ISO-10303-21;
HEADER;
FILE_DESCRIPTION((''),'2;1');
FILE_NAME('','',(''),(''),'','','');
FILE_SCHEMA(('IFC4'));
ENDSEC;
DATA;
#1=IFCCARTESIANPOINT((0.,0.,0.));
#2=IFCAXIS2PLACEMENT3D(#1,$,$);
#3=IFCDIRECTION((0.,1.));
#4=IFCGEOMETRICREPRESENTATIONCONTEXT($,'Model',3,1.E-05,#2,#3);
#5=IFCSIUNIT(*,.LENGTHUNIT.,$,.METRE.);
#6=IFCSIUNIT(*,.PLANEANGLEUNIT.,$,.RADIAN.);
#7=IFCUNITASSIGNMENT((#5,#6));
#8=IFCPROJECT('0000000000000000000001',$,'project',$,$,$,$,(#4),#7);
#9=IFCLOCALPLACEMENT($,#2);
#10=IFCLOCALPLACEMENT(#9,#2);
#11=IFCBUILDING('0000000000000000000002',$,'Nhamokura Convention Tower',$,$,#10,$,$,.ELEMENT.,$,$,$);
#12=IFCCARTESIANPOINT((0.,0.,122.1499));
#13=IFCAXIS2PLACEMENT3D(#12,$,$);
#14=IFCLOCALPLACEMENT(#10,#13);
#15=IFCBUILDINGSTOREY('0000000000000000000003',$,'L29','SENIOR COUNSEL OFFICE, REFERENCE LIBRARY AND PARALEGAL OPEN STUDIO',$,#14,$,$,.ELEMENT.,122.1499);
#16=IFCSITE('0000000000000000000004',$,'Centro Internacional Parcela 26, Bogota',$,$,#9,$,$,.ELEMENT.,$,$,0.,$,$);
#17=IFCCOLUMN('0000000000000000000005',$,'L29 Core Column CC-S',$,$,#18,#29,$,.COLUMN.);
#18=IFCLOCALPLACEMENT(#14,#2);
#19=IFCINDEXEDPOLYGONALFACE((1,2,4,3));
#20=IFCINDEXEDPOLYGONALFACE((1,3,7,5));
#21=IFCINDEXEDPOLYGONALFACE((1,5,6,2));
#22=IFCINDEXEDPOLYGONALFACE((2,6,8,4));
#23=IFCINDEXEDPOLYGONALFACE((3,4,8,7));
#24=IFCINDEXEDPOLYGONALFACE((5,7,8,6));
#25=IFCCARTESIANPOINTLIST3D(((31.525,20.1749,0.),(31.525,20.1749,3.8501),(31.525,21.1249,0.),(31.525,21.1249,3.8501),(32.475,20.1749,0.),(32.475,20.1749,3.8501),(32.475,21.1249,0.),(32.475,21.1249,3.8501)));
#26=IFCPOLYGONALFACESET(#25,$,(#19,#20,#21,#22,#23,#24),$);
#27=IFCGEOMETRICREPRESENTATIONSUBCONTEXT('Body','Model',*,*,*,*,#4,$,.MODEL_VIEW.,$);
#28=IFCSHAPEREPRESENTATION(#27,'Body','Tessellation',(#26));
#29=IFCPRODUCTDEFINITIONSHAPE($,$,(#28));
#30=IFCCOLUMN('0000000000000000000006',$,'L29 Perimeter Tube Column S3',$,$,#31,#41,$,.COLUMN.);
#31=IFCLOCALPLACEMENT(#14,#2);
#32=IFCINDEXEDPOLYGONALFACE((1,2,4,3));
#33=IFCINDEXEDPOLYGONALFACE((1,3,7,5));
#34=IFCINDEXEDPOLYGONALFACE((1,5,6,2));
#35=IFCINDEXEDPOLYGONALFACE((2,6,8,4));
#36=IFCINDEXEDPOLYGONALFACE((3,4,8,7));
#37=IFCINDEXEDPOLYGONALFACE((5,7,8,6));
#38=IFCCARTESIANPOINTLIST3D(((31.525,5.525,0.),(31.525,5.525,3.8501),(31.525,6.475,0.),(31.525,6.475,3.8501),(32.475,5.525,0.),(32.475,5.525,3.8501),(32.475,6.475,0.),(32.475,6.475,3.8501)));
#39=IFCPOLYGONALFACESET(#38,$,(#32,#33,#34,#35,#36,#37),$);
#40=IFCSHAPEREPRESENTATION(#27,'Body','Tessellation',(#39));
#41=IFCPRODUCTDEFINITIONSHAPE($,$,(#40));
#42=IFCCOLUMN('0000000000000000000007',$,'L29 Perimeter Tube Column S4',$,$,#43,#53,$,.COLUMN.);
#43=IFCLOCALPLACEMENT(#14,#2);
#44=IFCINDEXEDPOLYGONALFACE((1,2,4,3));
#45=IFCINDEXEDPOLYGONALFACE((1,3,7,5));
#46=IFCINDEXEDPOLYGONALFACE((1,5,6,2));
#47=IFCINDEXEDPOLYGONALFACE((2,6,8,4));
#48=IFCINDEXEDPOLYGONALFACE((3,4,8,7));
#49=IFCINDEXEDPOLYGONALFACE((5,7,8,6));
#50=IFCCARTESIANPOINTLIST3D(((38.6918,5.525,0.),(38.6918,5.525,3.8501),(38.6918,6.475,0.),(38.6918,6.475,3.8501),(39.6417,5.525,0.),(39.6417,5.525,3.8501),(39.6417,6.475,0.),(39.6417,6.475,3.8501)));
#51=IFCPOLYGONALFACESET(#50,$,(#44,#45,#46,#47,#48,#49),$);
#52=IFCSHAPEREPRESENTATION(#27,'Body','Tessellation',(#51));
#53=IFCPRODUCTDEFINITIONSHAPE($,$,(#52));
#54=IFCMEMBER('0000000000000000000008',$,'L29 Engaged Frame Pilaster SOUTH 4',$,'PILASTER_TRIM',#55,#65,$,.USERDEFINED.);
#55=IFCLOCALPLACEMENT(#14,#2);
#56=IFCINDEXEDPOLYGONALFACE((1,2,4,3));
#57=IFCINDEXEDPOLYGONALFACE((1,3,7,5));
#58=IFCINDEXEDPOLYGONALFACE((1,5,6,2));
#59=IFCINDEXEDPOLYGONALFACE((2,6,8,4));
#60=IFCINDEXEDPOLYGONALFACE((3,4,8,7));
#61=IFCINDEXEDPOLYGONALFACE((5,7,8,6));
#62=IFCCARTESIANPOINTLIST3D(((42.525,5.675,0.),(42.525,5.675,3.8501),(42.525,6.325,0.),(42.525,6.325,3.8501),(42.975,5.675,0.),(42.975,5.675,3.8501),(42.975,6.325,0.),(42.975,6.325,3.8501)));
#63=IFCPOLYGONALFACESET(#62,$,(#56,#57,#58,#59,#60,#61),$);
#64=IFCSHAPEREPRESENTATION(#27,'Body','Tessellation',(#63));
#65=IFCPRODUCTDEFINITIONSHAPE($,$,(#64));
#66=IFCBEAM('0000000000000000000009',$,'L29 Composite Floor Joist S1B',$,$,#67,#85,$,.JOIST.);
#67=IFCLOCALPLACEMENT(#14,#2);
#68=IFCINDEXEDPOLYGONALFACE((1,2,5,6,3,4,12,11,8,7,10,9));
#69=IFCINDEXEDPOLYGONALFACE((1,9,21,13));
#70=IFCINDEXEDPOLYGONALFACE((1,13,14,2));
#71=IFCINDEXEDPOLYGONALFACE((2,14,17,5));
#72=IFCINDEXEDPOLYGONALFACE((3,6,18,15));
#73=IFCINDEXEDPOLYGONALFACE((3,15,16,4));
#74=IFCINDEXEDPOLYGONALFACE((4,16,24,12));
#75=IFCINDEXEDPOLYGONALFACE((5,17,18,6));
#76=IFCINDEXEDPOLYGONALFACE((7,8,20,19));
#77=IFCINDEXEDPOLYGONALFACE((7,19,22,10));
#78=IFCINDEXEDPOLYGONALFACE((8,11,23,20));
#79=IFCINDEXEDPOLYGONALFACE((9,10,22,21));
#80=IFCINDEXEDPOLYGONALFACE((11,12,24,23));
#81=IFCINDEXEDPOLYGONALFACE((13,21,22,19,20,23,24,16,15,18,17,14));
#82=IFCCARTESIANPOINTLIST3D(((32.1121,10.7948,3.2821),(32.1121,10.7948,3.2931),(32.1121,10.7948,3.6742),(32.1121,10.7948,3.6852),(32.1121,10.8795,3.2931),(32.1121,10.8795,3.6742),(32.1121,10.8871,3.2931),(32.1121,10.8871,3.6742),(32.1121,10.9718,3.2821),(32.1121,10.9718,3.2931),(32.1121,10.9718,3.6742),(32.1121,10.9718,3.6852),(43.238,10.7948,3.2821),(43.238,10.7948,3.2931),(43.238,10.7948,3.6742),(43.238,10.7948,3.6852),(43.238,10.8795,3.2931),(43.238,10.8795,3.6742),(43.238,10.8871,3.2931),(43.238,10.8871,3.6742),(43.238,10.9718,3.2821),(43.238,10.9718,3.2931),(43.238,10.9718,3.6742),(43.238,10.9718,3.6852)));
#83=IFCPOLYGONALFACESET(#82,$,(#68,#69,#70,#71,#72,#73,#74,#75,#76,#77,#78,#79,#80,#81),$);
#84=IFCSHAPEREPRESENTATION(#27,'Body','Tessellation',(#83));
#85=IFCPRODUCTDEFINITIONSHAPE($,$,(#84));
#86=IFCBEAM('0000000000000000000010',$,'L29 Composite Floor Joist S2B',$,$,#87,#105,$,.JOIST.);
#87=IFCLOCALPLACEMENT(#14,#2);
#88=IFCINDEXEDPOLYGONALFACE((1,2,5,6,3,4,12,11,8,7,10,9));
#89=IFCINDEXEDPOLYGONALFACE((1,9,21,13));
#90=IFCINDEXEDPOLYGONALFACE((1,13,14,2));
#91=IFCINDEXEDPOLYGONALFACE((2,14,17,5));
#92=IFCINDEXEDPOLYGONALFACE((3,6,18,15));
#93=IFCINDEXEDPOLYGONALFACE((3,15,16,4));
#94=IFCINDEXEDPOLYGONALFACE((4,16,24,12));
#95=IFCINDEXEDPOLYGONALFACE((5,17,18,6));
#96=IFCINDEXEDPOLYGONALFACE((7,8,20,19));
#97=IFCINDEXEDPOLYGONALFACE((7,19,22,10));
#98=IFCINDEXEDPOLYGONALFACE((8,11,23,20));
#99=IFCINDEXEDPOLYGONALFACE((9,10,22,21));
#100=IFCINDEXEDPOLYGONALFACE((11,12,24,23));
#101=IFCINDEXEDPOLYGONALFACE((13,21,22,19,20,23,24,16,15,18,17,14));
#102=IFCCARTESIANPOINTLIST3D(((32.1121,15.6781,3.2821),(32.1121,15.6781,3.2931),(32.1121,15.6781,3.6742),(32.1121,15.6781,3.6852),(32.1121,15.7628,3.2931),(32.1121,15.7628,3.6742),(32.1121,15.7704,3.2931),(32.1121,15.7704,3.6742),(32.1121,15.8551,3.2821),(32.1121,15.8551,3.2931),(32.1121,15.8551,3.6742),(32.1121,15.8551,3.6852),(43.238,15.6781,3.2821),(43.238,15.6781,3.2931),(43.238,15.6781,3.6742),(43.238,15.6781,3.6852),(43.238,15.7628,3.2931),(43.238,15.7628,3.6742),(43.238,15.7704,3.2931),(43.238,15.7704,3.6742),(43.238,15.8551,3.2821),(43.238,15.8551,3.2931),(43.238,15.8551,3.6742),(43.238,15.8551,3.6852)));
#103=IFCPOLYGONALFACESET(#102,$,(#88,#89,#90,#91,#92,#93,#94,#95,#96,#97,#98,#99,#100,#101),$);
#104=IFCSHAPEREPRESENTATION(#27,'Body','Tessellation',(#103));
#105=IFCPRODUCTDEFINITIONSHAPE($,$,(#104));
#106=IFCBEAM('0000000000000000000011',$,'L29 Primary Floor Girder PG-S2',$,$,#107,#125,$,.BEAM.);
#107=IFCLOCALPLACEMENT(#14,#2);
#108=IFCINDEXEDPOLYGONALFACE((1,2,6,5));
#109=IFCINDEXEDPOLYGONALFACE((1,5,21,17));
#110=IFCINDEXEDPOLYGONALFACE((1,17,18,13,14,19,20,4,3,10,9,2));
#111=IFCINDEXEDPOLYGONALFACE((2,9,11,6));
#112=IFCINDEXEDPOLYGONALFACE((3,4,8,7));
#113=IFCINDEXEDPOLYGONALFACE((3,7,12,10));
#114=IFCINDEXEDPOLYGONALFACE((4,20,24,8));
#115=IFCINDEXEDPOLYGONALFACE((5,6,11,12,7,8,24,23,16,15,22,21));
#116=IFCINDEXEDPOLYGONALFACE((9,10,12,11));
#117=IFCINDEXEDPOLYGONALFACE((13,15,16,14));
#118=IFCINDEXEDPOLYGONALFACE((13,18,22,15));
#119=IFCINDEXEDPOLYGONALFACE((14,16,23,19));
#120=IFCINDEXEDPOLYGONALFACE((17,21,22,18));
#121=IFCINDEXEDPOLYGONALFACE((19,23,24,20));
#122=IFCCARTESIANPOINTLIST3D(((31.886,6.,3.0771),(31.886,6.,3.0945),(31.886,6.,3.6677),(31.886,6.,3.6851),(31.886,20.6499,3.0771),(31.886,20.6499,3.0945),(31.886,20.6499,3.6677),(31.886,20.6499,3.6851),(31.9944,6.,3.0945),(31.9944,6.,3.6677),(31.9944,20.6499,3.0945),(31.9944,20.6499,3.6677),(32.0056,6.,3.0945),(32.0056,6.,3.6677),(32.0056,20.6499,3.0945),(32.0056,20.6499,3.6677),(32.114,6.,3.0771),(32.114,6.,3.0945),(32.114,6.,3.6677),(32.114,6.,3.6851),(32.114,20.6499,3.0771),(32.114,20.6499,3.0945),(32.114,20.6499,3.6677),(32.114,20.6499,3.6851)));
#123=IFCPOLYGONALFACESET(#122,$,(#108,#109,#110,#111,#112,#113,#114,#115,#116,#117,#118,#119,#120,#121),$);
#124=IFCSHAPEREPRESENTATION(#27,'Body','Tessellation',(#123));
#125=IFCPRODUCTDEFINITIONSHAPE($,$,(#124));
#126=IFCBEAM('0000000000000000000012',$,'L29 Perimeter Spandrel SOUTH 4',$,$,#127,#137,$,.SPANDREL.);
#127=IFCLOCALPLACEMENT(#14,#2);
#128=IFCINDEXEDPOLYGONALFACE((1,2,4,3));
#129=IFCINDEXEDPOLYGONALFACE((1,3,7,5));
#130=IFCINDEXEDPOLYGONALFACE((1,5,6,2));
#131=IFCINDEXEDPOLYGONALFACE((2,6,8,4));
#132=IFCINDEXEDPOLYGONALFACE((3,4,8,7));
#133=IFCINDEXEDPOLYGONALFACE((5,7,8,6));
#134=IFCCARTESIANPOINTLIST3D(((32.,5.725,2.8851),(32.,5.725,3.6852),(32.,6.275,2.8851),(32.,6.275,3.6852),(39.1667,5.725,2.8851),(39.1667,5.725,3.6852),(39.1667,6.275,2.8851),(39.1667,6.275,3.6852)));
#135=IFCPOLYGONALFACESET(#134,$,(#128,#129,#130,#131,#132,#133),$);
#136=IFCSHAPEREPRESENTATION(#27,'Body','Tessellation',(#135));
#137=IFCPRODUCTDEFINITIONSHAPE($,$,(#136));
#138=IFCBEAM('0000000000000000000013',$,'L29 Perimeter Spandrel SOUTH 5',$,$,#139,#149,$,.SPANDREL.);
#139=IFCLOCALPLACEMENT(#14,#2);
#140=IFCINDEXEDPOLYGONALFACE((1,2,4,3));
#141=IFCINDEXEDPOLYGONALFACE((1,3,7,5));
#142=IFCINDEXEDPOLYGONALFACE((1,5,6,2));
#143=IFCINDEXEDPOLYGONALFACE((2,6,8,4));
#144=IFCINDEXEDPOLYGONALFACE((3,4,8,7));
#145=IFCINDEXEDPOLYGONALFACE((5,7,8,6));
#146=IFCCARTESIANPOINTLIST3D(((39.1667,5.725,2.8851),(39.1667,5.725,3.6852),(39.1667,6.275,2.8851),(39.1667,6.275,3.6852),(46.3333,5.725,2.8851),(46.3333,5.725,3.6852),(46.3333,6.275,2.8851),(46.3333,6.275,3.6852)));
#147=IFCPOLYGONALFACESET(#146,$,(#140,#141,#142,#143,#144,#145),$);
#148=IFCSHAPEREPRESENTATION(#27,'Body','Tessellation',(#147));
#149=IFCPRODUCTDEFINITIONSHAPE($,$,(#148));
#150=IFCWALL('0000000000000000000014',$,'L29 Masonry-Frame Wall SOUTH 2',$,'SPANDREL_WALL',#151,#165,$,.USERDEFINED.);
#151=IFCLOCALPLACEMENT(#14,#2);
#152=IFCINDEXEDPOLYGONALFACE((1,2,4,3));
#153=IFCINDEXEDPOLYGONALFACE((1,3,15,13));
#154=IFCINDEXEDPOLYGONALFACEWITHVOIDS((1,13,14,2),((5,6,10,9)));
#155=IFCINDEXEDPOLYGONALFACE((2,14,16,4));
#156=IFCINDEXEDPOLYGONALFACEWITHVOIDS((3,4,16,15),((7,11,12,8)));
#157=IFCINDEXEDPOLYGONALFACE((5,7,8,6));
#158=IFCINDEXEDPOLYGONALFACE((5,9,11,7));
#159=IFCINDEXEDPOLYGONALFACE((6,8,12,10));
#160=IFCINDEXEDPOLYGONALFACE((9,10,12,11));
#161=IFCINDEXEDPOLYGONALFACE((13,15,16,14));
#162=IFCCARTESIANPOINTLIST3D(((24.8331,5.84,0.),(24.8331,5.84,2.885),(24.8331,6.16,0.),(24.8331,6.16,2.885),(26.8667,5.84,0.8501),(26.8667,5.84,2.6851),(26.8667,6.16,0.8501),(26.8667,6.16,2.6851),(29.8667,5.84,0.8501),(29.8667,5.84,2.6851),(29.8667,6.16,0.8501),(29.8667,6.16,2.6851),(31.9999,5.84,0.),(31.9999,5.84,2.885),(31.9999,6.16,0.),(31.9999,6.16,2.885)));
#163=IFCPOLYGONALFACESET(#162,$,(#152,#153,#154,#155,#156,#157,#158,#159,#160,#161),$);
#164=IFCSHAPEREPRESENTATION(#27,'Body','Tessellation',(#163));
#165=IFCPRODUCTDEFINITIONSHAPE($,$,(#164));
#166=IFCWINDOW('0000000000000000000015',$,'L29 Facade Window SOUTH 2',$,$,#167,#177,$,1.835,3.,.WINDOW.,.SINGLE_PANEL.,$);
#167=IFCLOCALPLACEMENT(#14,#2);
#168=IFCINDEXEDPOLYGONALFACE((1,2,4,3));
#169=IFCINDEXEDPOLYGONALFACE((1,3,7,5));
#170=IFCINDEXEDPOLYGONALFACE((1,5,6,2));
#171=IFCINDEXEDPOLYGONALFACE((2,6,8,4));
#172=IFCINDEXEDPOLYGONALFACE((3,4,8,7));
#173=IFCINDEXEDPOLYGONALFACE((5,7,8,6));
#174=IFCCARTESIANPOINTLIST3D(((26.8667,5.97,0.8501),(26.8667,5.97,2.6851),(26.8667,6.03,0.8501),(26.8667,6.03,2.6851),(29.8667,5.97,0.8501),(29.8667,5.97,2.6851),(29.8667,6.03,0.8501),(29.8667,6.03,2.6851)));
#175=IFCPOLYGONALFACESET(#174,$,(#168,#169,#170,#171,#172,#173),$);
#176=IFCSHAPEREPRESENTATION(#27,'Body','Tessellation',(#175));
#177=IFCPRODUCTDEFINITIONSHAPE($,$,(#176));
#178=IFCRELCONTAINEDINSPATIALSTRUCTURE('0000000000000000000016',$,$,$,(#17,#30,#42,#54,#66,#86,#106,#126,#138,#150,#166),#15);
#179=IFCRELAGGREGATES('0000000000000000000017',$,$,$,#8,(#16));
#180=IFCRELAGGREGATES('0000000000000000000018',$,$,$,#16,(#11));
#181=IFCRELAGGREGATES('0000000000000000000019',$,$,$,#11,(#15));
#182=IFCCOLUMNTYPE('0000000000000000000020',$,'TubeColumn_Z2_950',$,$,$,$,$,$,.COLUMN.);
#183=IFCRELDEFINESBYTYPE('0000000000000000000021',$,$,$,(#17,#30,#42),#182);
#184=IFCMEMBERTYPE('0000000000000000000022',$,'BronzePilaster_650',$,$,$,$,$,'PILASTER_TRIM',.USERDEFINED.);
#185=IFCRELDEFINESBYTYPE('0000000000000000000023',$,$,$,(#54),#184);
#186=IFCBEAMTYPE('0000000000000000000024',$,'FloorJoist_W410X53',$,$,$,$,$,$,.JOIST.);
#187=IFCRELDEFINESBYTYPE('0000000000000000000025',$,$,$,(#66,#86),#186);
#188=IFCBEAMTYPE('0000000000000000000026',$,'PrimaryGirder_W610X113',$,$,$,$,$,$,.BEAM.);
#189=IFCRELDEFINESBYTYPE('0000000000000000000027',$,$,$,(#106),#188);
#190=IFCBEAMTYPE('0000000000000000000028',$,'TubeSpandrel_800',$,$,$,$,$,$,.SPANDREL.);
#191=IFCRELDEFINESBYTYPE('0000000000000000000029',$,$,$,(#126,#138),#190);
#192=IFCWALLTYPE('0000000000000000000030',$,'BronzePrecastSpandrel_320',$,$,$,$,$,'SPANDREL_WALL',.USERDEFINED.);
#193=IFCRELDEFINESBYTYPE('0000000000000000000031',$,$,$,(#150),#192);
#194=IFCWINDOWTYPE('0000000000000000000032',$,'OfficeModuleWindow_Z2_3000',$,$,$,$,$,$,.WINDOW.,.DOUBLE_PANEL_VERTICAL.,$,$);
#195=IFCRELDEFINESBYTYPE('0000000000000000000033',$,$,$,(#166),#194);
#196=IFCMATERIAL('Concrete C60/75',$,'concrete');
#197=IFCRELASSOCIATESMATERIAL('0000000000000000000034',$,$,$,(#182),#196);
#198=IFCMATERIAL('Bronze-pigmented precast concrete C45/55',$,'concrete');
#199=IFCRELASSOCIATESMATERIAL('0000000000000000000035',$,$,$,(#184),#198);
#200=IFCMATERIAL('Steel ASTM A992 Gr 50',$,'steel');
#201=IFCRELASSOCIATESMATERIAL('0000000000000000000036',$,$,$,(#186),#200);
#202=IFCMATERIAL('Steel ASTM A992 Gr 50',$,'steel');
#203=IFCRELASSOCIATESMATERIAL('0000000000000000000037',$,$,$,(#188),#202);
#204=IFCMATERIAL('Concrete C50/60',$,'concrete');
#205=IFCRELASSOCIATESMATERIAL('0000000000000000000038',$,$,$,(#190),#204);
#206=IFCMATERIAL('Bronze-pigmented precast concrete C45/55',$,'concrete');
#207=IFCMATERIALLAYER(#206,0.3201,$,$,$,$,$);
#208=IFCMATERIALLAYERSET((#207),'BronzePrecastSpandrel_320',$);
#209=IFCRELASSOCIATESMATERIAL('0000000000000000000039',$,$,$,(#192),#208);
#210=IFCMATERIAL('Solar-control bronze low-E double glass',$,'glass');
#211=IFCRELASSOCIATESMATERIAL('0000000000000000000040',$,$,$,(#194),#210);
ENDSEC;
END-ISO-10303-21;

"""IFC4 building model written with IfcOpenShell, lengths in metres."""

from ifc_helpers import new_model, si_unit, direction, frame, frame_2d, origin, origin_2d, place, context, subcontext, project, spatial, rectangle, i_section, extrude, material, layer, layer_set, material_profile, profile_set, type_object, element, fill, save


model = new_model("IFC4")

# Units and contexts
model_context = context("Model", 3, precision=1e-05, world=origin(), true_north=direction((0.0, 1.0)))
body_context = subcontext(model_context, "Body", "Model", "MODEL_VIEW")
ifc_project = project(units=[si_unit("LENGTHUNIT", "METRE"), si_unit("PLANEANGLEUNIT", "RADIAN")], contexts=[model_context])

# Site, building, storey
site_placement = place(None, origin())
site = spatial("IfcSite", under=ifc_project, at=site_placement, Name="Centro Internacional Parcela 26, Bogota", CompositionType="ELEMENT", RefElevation=0.0)
building_placement = place(site_placement, origin())
building = spatial("IfcBuilding", under=site, at=building_placement, Name="Nhamokura Convention Tower", CompositionType="ELEMENT")
storey_placement = place(building_placement, frame((0.0, 0.0, 122.1499)))
storey = spatial("IfcBuildingStorey", under=building, at=storey_placement, Name="L29", Description="SENIOR COUNSEL OFFICE, REFERENCE LIBRARY AND PARALEGAL OPEN STUDIO", CompositionType="ELEMENT", Elevation=122.1499)

# Columns
ifc_material_1 = material(Name="Concrete C60/75", Category="concrete")
ifc_material_profile_1 = material_profile(ifc_material_1, rectangle(XDim=0.95, YDim=0.95, at=origin_2d()))
ifc_profile_set_1 = profile_set([ifc_material_profile_1], Name="Concrete C60/75")
column_type = type_object("IfcColumnType", Name="TubeColumn_Z2_950", PredefinedType="COLUMN", material=ifc_profile_set_1)
for number, where, z_axis, x_axis, name in (
    (1, (32.0, 20.6499, 0.0), (0.0, 0.0, 1.0), (1.0, 0.0, 0.0), "L29 Core Column CC-S"),
    (2, (32.0, 6.0, 0.0), (0.0, 0.0, 1.0), (1.0, 0.0, 0.0), "L29 Perimeter Tube Column S3"),
    (3, (39.1667, 6.0, 0.0), (0.0, 0.0, 1.0), (1.0, 0.0, 0.0), "L29 Perimeter Tube Column S4"),
):
    element("IfcColumn", number, at=place(storey_placement, frame(where, z_axis=z_axis, x_axis=x_axis)), inside=storey, type_object=column_type, Name=name, PredefinedType="COLUMN", context=body_context, shape_type="SweptSolid", body=[
        extrude(rectangle(XDim=0.95, YDim=0.95, at=origin_2d()), origin(), (0.0, 0.0, 1.0), 3.8501),
    ])

# Member
ifc_material_2 = material(Name="Bronze-pigmented precast concrete C45/55", Category="concrete")
ifc_material_profile_2 = material_profile(ifc_material_2, rectangle(XDim=0.45, YDim=0.6499, at=origin_2d()))
ifc_profile_set_2 = profile_set([ifc_material_profile_2], Name="Bronze-pigmented precast concrete C45/55")
member_type = type_object("IfcMemberType", Name="BronzePilaster_650", ElementType="PILASTER_TRIM", PredefinedType="USERDEFINED", material=ifc_profile_set_2)
member_placement = place(storey_placement, frame((42.75, 6.0, 0.0), z_axis=(0.0, 0.0, 1.0), x_axis=(1.0, 0.0, 0.0)))
element("IfcMember", 4, at=member_placement, inside=storey, type_object=member_type, Name="L29 Engaged Frame Pilaster SOUTH 4", ObjectType="PILASTER_TRIM", PredefinedType="USERDEFINED", context=body_context, shape_type="SweptSolid", body=[
    extrude(rectangle(XDim=0.45, YDim=0.6499, at=origin_2d()), origin(), (0.0, 0.0, 1.0), 3.8501),
])

# Beams
ifc_material_3 = material(Name="Steel ASTM A992 Gr 50", Category="steel")
ifc_material_profile_3 = material_profile(ifc_material_3, i_section(OverallWidth=0.177, OverallDepth=0.4031, WebThickness=0.0076, FlangeThickness=0.011, at=origin_2d()))
ifc_profile_set_3 = profile_set([ifc_material_profile_3], Name="Steel ASTM A992 Gr 50")
beam_type_1 = type_object("IfcBeamType", Name="FloorJoist_W410X53", PredefinedType="JOIST", material=ifc_profile_set_3)
for number, where, z_axis, x_axis, name in (
    (5, (32.1121, 10.8833, 3.4836), (1.0, 0.0, 0.0), (0.0, 1.0, 0.0), "L29 Composite Floor Joist S1B"),
    (6, (32.1121, 15.7666, 3.4836), (1.0, 0.0, 0.0), (0.0, 1.0, 0.0), "L29 Composite Floor Joist S2B"),
):
    element("IfcBeam", number, at=place(storey_placement, frame(where, z_axis=z_axis, x_axis=x_axis)), inside=storey, type_object=beam_type_1, Name=name, PredefinedType="JOIST", context=body_context, shape_type="SweptSolid", body=[
        extrude(i_section(OverallWidth=0.177, OverallDepth=0.4031, WebThickness=0.0076, FlangeThickness=0.011, at=origin_2d()), origin(), (0.0, 0.0, 1.0), 11.126),
    ])
ifc_material_4 = material(Name="Steel ASTM A992 Gr 50", Category="steel")
ifc_material_profile_4 = material_profile(ifc_material_4, i_section(OverallWidth=0.228, OverallDepth=0.6079, WebThickness=0.0112, FlangeThickness=0.0173, at=origin_2d()))
ifc_profile_set_4 = profile_set([ifc_material_profile_4], Name="Steel ASTM A992 Gr 50")
beam_type_2 = type_object("IfcBeamType", Name="PrimaryGirder_W610X113", PredefinedType="BEAM", material=ifc_profile_set_4)
beam_1_placement = place(storey_placement, frame((32.0, 6.0, 3.3811), z_axis=(0.0, 1.0, 0.0), x_axis=(-1.0, 0.0, 0.0)))
element("IfcBeam", 7, at=beam_1_placement, inside=storey, type_object=beam_type_2, Name="L29 Primary Floor Girder PG-S2", PredefinedType="BEAM", context=body_context, shape_type="SweptSolid", body=[
    extrude(i_section(OverallWidth=0.228, OverallDepth=0.6079, WebThickness=0.0112, FlangeThickness=0.0173, at=origin_2d()), origin(), (0.0, 0.0, 1.0), 14.6499),
])
ifc_material_5 = material(Name="Concrete C50/60", Category="concrete")
ifc_material_profile_5 = material_profile(ifc_material_5, rectangle(XDim=0.55, YDim=0.8, at=origin_2d()))
ifc_profile_set_5 = profile_set([ifc_material_profile_5], Name="Concrete C50/60")
beam_type_3 = type_object("IfcBeamType", Name="TubeSpandrel_800", PredefinedType="SPANDREL", material=ifc_profile_set_5)
beam_2_placement = place(storey_placement, frame((32.0, 6.0, 3.2852), z_axis=(1.0, 0.0, 0.0), x_axis=(0.0, 1.0, 0.0)))
element("IfcBeam", 8, at=beam_2_placement, inside=storey, type_object=beam_type_3, Name="L29 Perimeter Spandrel SOUTH 4", PredefinedType="SPANDREL", context=body_context, shape_type="SweptSolid", body=[
    extrude(rectangle(XDim=0.55, YDim=0.8, at=origin_2d()), origin(), (0.0, 0.0, 1.0), 7.1667),
])
beam_3_placement = place(storey_placement, frame((39.1667, 6.0, 3.2852), z_axis=(1.0, 0.0, 0.0), x_axis=(0.0, 1.0, 0.0)))
element("IfcBeam", 9, at=beam_3_placement, inside=storey, type_object=beam_type_3, Name="L29 Perimeter Spandrel SOUTH 5", PredefinedType="SPANDREL", context=body_context, shape_type="SweptSolid", body=[
    extrude(rectangle(XDim=0.55, YDim=0.8, at=origin_2d()), origin(), (0.0, 0.0, 1.0), 7.1665),
])

# Wall, opening, window
ifc_material_6 = material(Name="Bronze-pigmented precast concrete C45/55", Category="concrete")
ifc_layer_1 = layer(ifc_material_6, 0.3201)
ifc_layer_set_1 = layer_set([ifc_layer_1], Name="BronzePrecastSpandrel_320")
wall_type_1 = type_object("IfcWallType", Name="BronzePrecastSpandrel_320", ElementType="SPANDREL_WALL", PredefinedType="USERDEFINED", material=ifc_layer_set_1)
wall_1_placement = place(storey_placement, frame((32.0, 6.0, 0.0), z_axis=(0.0, 0.0, 1.0), x_axis=(-1.0, 0.0, 0.0)))
wall_1 = element("IfcWall", 10, at=wall_1_placement, inside=storey, type_object=wall_type_1, Name="L29 Masonry-Frame Wall SOUTH 2", ObjectType="SPANDREL_WALL", PredefinedType="USERDEFINED", context=body_context, shape_type="SweptSolid", body=[
    extrude(rectangle(XDim=7.1667, YDim=0.3201, at=frame_2d((3.5835, 0.0))), origin(), (0.0, 0.0, 1.0), 2.885),
])
opening_1_placement = place(wall_1_placement, frame((2.1333, 0.0, 0.8501)))
opening_1 = element("IfcOpeningElement", 11, at=opening_1_placement, cuts=wall_1, PredefinedType="OPENING", context=body_context, shape_type="SweptSolid", body=[
    extrude(rectangle(XDim=3.0, YDim=1.835, at=frame_2d((1.5, 0.9175))), frame((0.0, 0.1699, 0.0), z_axis=(0.0, -1.0, 0.0), x_axis=(1.0, 0.0, 0.0)), (0.0, 0.0, 1.0), 0.3401),
])
ifc_material_7 = material(Name="Solar-control bronze low-E double glass", Category="glass")
window_type = type_object("IfcWindowType", Name="OfficeModuleWindow_Z2_3000", PartitioningType="DOUBLE_PANEL_VERTICAL", PredefinedType="WINDOW", material=ifc_material_7)
window_1_placement = place(opening_1_placement, origin())
window_1 = element("IfcWindow", 12, at=window_1_placement, inside=storey, type_object=window_type, Name="L29 Facade Window SOUTH 2", OverallHeight=1.835, OverallWidth=3.0, PartitioningType="SINGLE_PANEL", PredefinedType="WINDOW", context=body_context, shape_type="SweptSolid", body=[
    extrude(rectangle(XDim=3.0, YDim=1.835, at=frame_2d((1.5, 0.9175))), frame((0.0, 0.03, 0.0), z_axis=(0.0, -1.0, 0.0), x_axis=(1.0, 0.0, 0.0)), (0.0, 0.0, 1.0), 0.0601),
])
fill(opening_1, window_1)

save(model, "model.ifc")
